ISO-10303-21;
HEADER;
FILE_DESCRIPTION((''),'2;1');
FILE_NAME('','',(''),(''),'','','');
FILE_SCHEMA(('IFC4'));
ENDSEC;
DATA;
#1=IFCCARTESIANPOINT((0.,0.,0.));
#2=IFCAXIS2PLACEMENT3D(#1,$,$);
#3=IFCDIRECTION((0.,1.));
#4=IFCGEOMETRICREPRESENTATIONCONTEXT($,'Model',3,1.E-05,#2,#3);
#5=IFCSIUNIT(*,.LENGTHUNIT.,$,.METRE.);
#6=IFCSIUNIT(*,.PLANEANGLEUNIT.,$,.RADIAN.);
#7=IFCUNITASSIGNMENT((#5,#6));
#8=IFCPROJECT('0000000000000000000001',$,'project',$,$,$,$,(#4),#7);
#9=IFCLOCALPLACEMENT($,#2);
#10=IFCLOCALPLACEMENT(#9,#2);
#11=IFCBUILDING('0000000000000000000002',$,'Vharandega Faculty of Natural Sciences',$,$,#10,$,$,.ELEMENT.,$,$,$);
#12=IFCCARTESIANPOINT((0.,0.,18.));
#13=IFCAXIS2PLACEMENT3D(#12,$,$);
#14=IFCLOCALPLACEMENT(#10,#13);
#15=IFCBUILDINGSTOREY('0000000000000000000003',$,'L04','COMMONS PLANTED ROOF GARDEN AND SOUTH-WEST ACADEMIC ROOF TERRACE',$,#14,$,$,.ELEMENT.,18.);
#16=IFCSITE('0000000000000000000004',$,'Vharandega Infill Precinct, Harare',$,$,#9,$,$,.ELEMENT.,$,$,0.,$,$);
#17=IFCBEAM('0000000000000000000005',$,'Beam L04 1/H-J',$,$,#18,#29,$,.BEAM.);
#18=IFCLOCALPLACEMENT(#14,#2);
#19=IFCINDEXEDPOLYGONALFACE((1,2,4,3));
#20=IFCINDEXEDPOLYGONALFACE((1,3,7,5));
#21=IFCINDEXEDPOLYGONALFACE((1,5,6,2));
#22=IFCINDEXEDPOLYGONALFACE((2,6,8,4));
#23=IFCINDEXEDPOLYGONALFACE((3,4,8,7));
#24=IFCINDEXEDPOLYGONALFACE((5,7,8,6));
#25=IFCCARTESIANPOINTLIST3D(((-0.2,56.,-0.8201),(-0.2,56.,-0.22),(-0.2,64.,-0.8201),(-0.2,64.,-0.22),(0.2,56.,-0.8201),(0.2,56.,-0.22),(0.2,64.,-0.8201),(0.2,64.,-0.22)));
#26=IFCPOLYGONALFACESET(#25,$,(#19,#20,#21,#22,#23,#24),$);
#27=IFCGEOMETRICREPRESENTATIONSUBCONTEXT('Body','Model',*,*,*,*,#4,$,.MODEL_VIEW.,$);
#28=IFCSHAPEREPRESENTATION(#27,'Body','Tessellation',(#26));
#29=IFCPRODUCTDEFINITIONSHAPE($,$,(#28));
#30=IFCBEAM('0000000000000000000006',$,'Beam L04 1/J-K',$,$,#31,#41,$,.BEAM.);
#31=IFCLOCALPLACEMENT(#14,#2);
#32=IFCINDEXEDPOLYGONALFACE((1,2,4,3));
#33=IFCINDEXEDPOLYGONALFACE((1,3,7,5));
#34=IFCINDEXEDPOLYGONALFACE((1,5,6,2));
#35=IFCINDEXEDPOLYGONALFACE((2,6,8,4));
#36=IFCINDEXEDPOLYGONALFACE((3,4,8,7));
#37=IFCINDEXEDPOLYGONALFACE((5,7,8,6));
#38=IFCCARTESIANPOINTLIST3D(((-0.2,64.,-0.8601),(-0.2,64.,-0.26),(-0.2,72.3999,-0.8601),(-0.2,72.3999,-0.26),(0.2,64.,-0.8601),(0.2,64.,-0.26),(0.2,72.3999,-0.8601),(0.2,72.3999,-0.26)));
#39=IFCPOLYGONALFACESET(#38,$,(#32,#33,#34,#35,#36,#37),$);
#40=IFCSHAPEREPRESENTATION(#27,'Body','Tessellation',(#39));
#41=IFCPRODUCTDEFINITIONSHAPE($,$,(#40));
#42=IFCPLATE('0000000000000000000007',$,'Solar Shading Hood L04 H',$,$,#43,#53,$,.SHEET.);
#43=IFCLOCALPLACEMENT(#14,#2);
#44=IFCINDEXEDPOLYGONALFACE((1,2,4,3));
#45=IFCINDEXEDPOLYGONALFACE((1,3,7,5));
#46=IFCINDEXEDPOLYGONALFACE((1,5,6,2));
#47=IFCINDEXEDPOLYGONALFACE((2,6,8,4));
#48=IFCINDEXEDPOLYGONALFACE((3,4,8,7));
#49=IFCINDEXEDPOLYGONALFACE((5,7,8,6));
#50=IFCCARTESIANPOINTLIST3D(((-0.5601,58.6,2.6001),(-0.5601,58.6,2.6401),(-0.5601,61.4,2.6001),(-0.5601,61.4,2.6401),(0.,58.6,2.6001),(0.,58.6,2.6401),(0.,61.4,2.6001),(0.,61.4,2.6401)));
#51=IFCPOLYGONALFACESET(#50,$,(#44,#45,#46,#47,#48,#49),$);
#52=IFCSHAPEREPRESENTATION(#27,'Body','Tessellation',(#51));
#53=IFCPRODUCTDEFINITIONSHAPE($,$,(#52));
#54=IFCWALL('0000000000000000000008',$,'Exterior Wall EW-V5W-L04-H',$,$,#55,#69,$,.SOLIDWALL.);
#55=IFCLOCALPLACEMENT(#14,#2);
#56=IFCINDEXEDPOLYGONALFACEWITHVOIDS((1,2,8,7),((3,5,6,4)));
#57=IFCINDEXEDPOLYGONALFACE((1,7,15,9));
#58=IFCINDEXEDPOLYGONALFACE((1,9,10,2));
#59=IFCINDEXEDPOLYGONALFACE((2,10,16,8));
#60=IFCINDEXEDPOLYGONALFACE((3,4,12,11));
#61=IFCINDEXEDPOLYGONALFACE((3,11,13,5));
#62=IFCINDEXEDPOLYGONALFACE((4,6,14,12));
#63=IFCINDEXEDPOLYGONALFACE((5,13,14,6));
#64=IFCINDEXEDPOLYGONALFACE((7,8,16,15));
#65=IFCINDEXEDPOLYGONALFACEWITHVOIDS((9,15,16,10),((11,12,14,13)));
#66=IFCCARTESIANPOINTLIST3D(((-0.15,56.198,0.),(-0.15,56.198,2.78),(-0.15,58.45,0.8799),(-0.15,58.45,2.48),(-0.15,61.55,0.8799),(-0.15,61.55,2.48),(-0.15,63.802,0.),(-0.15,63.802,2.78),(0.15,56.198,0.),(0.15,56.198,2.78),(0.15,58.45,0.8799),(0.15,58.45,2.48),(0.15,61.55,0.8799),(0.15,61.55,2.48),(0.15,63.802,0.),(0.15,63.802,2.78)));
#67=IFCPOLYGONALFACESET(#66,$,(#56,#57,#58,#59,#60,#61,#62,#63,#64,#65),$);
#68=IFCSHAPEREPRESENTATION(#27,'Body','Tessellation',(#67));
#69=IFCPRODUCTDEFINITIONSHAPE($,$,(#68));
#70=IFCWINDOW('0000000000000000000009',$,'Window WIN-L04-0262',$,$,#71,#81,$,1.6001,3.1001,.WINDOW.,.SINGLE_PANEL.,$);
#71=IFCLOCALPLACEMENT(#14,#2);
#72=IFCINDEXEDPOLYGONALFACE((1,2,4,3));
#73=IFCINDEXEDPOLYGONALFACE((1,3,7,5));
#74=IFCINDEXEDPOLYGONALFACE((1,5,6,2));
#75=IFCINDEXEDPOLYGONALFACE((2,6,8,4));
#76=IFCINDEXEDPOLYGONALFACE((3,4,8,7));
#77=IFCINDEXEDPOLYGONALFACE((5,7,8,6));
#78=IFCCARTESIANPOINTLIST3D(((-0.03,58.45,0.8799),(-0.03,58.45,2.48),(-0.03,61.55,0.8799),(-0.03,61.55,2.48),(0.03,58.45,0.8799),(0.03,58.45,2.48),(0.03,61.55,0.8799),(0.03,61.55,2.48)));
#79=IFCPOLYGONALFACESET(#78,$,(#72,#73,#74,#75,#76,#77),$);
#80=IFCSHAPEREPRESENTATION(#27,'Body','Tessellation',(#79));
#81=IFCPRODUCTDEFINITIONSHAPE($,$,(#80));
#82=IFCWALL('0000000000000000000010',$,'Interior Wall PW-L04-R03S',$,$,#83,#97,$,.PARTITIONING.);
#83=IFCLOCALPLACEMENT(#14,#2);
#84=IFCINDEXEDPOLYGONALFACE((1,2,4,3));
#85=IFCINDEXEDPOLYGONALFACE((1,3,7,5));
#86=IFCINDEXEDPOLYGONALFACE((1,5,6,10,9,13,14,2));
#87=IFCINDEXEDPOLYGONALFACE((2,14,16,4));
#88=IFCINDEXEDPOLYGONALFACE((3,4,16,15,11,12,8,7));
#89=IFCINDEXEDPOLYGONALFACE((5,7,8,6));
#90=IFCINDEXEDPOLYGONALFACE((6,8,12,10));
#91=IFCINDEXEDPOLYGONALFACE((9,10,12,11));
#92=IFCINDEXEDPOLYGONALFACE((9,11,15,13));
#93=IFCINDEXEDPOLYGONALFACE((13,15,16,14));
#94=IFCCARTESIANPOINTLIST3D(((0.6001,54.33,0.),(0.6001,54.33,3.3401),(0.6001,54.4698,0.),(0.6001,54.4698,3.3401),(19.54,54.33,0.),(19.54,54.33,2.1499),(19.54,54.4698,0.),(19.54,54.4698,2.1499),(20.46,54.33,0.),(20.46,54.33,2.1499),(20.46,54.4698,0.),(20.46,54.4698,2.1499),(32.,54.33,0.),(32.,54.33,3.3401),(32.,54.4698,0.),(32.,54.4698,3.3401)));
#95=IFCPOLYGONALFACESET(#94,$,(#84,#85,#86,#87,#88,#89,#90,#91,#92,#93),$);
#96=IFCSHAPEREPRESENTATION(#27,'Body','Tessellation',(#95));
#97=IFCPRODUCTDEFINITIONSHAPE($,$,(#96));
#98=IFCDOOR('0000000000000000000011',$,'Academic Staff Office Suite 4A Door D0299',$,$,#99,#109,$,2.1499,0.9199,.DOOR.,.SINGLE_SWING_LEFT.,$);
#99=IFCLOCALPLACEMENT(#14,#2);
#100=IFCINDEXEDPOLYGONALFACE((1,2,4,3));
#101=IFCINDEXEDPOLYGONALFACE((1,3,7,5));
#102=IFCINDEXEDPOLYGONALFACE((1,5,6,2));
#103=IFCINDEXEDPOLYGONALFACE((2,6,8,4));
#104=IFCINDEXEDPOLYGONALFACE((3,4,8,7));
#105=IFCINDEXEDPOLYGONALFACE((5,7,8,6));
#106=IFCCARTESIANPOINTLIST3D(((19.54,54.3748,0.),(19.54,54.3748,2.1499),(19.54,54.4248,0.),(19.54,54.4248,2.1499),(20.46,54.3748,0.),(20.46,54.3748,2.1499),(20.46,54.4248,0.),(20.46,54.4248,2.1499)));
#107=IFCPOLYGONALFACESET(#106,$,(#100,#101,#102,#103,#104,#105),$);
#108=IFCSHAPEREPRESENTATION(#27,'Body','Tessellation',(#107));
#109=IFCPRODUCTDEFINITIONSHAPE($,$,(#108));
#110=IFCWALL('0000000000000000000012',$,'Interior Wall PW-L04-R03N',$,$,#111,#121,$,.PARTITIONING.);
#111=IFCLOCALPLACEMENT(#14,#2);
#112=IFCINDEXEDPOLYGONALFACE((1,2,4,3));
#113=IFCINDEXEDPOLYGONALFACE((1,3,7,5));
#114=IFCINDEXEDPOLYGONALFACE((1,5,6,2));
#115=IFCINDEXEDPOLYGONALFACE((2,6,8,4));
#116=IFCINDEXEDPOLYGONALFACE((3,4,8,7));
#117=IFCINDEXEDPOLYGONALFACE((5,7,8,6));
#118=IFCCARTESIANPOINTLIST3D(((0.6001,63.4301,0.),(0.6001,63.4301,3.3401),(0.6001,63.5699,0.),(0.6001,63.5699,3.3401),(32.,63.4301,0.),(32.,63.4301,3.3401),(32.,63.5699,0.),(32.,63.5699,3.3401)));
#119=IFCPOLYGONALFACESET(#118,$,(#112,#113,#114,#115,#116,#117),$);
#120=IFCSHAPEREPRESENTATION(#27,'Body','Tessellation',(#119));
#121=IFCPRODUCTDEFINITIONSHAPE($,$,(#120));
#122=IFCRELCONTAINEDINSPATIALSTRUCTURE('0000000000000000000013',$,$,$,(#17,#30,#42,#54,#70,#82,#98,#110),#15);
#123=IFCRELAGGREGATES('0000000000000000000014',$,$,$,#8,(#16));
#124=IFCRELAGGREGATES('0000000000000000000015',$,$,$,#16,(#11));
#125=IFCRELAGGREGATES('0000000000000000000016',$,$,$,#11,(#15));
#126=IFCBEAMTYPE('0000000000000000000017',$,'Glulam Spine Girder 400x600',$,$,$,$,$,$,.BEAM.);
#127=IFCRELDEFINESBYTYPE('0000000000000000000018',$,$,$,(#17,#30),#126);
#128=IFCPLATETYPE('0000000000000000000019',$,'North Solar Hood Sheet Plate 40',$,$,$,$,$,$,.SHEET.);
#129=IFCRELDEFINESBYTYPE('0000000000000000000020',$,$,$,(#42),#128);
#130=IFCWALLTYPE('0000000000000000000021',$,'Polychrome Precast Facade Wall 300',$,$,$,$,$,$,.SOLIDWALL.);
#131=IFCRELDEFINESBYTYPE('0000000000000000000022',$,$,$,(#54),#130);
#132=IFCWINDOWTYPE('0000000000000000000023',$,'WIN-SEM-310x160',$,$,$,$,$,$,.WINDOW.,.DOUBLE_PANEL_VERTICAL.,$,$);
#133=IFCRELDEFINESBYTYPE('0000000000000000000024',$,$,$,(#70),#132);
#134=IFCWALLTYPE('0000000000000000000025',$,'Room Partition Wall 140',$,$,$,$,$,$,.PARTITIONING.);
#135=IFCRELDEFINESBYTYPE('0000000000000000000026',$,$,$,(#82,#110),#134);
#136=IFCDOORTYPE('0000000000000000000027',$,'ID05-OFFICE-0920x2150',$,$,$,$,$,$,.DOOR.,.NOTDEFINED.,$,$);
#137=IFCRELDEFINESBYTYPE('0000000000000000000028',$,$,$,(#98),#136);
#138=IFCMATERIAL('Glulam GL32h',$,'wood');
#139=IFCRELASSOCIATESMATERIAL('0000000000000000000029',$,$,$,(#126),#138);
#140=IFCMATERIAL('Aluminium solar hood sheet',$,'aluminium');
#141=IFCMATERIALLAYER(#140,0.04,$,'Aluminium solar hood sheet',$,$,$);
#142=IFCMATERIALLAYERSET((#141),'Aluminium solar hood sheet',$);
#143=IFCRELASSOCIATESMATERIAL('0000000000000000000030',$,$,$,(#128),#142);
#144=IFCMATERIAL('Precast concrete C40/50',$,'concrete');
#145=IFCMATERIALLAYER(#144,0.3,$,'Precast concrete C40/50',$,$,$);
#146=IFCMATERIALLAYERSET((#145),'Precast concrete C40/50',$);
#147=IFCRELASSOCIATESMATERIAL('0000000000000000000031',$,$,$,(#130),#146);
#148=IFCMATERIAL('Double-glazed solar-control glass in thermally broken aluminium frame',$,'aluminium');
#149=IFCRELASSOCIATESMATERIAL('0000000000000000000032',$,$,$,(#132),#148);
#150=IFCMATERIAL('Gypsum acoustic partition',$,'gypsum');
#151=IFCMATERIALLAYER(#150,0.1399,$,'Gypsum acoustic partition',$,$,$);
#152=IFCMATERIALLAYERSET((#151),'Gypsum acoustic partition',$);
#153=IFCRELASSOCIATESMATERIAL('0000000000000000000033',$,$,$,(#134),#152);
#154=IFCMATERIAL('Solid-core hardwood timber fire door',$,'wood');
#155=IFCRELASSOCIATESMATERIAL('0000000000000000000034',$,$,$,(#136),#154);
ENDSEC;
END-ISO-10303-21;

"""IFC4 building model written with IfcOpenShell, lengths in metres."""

from ifc_helpers import new_model, si_unit, direction, frame, frame_2d, origin, origin_2d, place, context, subcontext, project, spatial, rectangle, extrude, material, layer, layer_set, material_profile, profile_set, type_object, element, fill, save


model = new_model("IFC4")

# Units and contexts
model_context = context("Model", 3, precision=1e-05, world=origin(), true_north=direction((0.0, 1.0)))
body_context = subcontext(model_context, "Body", "Model", "MODEL_VIEW")
ifc_project = project(units=[si_unit("LENGTHUNIT", "METRE"), si_unit("PLANEANGLEUNIT", "RADIAN")], contexts=[model_context])

# Site, building, storey
site_placement = place(None, origin())
site = spatial("IfcSite", under=ifc_project, at=site_placement, Name="Vharandega Infill Precinct, Harare", CompositionType="ELEMENT", RefElevation=0.0)
building_placement = place(site_placement, origin())
building = spatial("IfcBuilding", under=site, at=building_placement, Name="Vharandega Faculty of Natural Sciences", CompositionType="ELEMENT")
storey_placement = place(building_placement, frame((0.0, 0.0, 18.0)))
storey = spatial("IfcBuildingStorey", under=building, at=storey_placement, Name="L04", Description="COMMONS PLANTED ROOF GARDEN AND SOUTH-WEST ACADEMIC ROOF TERRACE", CompositionType="ELEMENT", Elevation=18.0)

# Beams
ifc_material_1 = material(Name="Glulam GL32h", Category="wood")
ifc_material_profile_1 = material_profile(ifc_material_1, rectangle(XDim=0.3999, YDim=0.6001, at=origin_2d()), Name="GL32h 400x600")
ifc_profile_set_1 = profile_set([ifc_material_profile_1], Name="Glulam GL32h")
beam_type_1 = type_object("IfcBeamType", Name="Glulam Spine Girder 400x600", PredefinedType="BEAM", material=ifc_profile_set_1)
beam_1_placement = place(storey_placement, frame((0.0, 56.0, -0.52), z_axis=(0.0, 1.0, 0.0), x_axis=(-1.0, 0.0, 0.0)))
element("IfcBeam", 1, at=beam_1_placement, inside=storey, type_object=beam_type_1, Name="Beam L04 1/H-J", PredefinedType="BEAM", context=body_context, shape_type="SweptSolid", body=[
    extrude(rectangle(XDim=0.3999, YDim=0.6001, at=origin_2d()), origin(), (0.0, 0.0, 1.0), 8.0),
])
beam_2_placement = place(storey_placement, frame((0.0, 64.0, -0.5601), z_axis=(0.0, 1.0, 0.0), x_axis=(-1.0, 0.0, 0.0)))
element("IfcBeam", 2, at=beam_2_placement, inside=storey, type_object=beam_type_1, Name="Beam L04 1/J-K", PredefinedType="BEAM", context=body_context, shape_type="SweptSolid", body=[
    extrude(rectangle(XDim=0.3999, YDim=0.6001, at=origin_2d()), origin(), (0.0, 0.0, 1.0), 8.3999),
])

# Plate
ifc_material_2 = material(Name="Aluminium solar hood sheet", Category="aluminium")
ifc_layer_1 = layer(ifc_material_2, 0.04, Name="Aluminium solar hood sheet")
ifc_layer_set_1 = layer_set([ifc_layer_1], Name="Aluminium solar hood sheet")
plate_type = type_object("IfcPlateType", Name="North Solar Hood Sheet Plate 40", PredefinedType="SHEET", material=ifc_layer_set_1)
plate_placement = place(storey_placement, frame((-0.28, 60.0, 2.6001), z_axis=(0.0, 0.0, 1.0), x_axis=(1.0, 0.0, 0.0)))
element("IfcPlate", 3, at=plate_placement, inside=storey, type_object=plate_type, Name="Solar Shading Hood L04 H", PredefinedType="SHEET", context=body_context, shape_type="SweptSolid", body=[
    extrude(rectangle(XDim=0.5601, YDim=2.8, at=origin_2d()), origin(), (0.0, 0.0, 1.0), 0.04),
])

# Wall, opening, window
ifc_material_3 = material(Name="Precast concrete C40/50", Category="concrete")
ifc_layer_2 = layer(ifc_material_3, 0.3, Name="Precast concrete C40/50")
ifc_layer_set_2 = layer_set([ifc_layer_2], Name="Precast concrete C40/50")
wall_type_1 = type_object("IfcWallType", Name="Polychrome Precast Facade Wall 300", PredefinedType="SOLIDWALL", material=ifc_layer_set_2)
wall_1_placement = place(storey_placement, frame((0.0, 56.198, 0.0), z_axis=(0.0, 0.0, 1.0), x_axis=(0.0, 1.0, 0.0)))
wall_1 = element("IfcWall", 4, at=wall_1_placement, inside=storey, type_object=wall_type_1, Name="Exterior Wall EW-V5W-L04-H", PredefinedType="SOLIDWALL", context=body_context, shape_type="SweptSolid", body=[
    extrude(rectangle(XDim=7.604, YDim=0.3, at=frame_2d((3.802, 0.0))), origin(), (0.0, 0.0, 1.0), 2.78),
])
opening_1_placement = place(wall_1_placement, frame((2.252, 0.0, 0.8799)))
opening_1 = element("IfcOpeningElement", 5, at=opening_1_placement, cuts=wall_1, PredefinedType="OPENING", context=body_context, shape_type="SweptSolid", body=[
    extrude(rectangle(XDim=3.1001, YDim=1.6001, at=frame_2d((1.55, 0.8))), frame((0.0, 0.1602, 0.0), z_axis=(0.0, -1.0, 0.0), x_axis=(1.0, 0.0, 0.0)), (0.0, 0.0, 1.0), 0.3201),
])
ifc_material_4 = material(Name="Double-glazed solar-control glass in thermally broken aluminium frame", Category="aluminium")
window_type = type_object("IfcWindowType", Name="WIN-SEM-310x160", PartitioningType="DOUBLE_PANEL_VERTICAL", PredefinedType="WINDOW", material=ifc_material_4)
window_placement = place(opening_1_placement, origin())
window = element("IfcWindow", 6, at=window_placement, inside=storey, type_object=window_type, Name="Window WIN-L04-0262", OverallHeight=1.6001, OverallWidth=3.1001, PartitioningType="SINGLE_PANEL", PredefinedType="WINDOW", context=body_context, shape_type="SweptSolid", body=[
    extrude(rectangle(XDim=3.1001, YDim=1.6001, at=frame_2d((1.55, 0.8))), frame((0.0, 0.03, 0.0), z_axis=(0.0, -1.0, 0.0), x_axis=(1.0, 0.0, 0.0)), (0.0, 0.0, 1.0), 0.0601),
])
fill(opening_1, window)

# Wall, opening, door
ifc_material_5 = material(Name="Gypsum acoustic partition", Category="gypsum")
ifc_layer_3 = layer(ifc_material_5, 0.1399, Name="Gypsum acoustic partition")
ifc_layer_set_3 = layer_set([ifc_layer_3], Name="Gypsum acoustic partition")
wall_type_2 = type_object("IfcWallType", Name="Room Partition Wall 140", PredefinedType="PARTITIONING", material=ifc_layer_set_3)
wall_2_placement = place(storey_placement, frame((0.6001, 54.3999, 0.0), z_axis=(0.0, 0.0, 1.0), x_axis=(1.0, 0.0, 0.0)))
wall_2 = element("IfcWall", 7, at=wall_2_placement, inside=storey, type_object=wall_type_2, Name="Interior Wall PW-L04-R03S", PredefinedType="PARTITIONING", context=body_context, shape_type="SweptSolid", body=[
    extrude(rectangle(XDim=31.3999, YDim=0.1399, at=frame_2d((15.7, 0.0))), origin(), (0.0, 0.0, 1.0), 3.3401),
])
opening_2_placement = place(wall_2_placement, frame((18.9399, 0.0, 0.0)))
opening_2 = element("IfcOpeningElement", 8, at=opening_2_placement, cuts=wall_2, PredefinedType="OPENING", context=body_context, shape_type="SweptSolid", body=[
    extrude(rectangle(XDim=0.9199, YDim=2.1499, at=frame_2d((0.46, 1.075))), frame((0.0, 0.0801, 0.0), z_axis=(0.0, -1.0, 0.0), x_axis=(1.0, 0.0, 0.0)), (0.0, 0.0, 1.0), 0.1599),
])
ifc_material_6 = material(Name="Solid-core hardwood timber fire door", Category="wood")
door_type = type_object("IfcDoorType", Name="ID05-OFFICE-0920x2150", OperationType="NOTDEFINED", PredefinedType="DOOR", material=ifc_material_6)
door_placement = place(opening_2_placement, origin())
door = element("IfcDoor", 9, at=door_placement, inside=storey, type_object=door_type, Name="Academic Staff Office Suite 4A Door D0299", OperationType="SINGLE_SWING_LEFT", OverallHeight=2.1499, OverallWidth=0.9199, PredefinedType="DOOR", context=body_context, shape_type="SweptSolid", body=[
    extrude(rectangle(XDim=0.9199, YDim=2.1499, at=frame_2d((0.46, 1.075))), frame((0.0, 0.0249, 0.0), z_axis=(0.0, -1.0, 0.0), x_axis=(1.0, 0.0, 0.0)), (0.0, 0.0, 1.0), 0.05),
])
fill(opening_2, door)

# Wall
wall_3_placement = place(storey_placement, frame((0.6001, 63.5, 0.0), z_axis=(0.0, 0.0, 1.0), x_axis=(1.0, 0.0, 0.0)))
element("IfcWall", 10, at=wall_3_placement, inside=storey, type_object=wall_type_2, Name="Interior Wall PW-L04-R03N", PredefinedType="PARTITIONING", context=body_context, shape_type="SweptSolid", body=[
    extrude(rectangle(XDim=31.3999, YDim=0.1399, at=frame_2d((15.7, 0.0))), origin(), (0.0, 0.0, 1.0), 3.3401),
])

save(model, "model.ifc")
